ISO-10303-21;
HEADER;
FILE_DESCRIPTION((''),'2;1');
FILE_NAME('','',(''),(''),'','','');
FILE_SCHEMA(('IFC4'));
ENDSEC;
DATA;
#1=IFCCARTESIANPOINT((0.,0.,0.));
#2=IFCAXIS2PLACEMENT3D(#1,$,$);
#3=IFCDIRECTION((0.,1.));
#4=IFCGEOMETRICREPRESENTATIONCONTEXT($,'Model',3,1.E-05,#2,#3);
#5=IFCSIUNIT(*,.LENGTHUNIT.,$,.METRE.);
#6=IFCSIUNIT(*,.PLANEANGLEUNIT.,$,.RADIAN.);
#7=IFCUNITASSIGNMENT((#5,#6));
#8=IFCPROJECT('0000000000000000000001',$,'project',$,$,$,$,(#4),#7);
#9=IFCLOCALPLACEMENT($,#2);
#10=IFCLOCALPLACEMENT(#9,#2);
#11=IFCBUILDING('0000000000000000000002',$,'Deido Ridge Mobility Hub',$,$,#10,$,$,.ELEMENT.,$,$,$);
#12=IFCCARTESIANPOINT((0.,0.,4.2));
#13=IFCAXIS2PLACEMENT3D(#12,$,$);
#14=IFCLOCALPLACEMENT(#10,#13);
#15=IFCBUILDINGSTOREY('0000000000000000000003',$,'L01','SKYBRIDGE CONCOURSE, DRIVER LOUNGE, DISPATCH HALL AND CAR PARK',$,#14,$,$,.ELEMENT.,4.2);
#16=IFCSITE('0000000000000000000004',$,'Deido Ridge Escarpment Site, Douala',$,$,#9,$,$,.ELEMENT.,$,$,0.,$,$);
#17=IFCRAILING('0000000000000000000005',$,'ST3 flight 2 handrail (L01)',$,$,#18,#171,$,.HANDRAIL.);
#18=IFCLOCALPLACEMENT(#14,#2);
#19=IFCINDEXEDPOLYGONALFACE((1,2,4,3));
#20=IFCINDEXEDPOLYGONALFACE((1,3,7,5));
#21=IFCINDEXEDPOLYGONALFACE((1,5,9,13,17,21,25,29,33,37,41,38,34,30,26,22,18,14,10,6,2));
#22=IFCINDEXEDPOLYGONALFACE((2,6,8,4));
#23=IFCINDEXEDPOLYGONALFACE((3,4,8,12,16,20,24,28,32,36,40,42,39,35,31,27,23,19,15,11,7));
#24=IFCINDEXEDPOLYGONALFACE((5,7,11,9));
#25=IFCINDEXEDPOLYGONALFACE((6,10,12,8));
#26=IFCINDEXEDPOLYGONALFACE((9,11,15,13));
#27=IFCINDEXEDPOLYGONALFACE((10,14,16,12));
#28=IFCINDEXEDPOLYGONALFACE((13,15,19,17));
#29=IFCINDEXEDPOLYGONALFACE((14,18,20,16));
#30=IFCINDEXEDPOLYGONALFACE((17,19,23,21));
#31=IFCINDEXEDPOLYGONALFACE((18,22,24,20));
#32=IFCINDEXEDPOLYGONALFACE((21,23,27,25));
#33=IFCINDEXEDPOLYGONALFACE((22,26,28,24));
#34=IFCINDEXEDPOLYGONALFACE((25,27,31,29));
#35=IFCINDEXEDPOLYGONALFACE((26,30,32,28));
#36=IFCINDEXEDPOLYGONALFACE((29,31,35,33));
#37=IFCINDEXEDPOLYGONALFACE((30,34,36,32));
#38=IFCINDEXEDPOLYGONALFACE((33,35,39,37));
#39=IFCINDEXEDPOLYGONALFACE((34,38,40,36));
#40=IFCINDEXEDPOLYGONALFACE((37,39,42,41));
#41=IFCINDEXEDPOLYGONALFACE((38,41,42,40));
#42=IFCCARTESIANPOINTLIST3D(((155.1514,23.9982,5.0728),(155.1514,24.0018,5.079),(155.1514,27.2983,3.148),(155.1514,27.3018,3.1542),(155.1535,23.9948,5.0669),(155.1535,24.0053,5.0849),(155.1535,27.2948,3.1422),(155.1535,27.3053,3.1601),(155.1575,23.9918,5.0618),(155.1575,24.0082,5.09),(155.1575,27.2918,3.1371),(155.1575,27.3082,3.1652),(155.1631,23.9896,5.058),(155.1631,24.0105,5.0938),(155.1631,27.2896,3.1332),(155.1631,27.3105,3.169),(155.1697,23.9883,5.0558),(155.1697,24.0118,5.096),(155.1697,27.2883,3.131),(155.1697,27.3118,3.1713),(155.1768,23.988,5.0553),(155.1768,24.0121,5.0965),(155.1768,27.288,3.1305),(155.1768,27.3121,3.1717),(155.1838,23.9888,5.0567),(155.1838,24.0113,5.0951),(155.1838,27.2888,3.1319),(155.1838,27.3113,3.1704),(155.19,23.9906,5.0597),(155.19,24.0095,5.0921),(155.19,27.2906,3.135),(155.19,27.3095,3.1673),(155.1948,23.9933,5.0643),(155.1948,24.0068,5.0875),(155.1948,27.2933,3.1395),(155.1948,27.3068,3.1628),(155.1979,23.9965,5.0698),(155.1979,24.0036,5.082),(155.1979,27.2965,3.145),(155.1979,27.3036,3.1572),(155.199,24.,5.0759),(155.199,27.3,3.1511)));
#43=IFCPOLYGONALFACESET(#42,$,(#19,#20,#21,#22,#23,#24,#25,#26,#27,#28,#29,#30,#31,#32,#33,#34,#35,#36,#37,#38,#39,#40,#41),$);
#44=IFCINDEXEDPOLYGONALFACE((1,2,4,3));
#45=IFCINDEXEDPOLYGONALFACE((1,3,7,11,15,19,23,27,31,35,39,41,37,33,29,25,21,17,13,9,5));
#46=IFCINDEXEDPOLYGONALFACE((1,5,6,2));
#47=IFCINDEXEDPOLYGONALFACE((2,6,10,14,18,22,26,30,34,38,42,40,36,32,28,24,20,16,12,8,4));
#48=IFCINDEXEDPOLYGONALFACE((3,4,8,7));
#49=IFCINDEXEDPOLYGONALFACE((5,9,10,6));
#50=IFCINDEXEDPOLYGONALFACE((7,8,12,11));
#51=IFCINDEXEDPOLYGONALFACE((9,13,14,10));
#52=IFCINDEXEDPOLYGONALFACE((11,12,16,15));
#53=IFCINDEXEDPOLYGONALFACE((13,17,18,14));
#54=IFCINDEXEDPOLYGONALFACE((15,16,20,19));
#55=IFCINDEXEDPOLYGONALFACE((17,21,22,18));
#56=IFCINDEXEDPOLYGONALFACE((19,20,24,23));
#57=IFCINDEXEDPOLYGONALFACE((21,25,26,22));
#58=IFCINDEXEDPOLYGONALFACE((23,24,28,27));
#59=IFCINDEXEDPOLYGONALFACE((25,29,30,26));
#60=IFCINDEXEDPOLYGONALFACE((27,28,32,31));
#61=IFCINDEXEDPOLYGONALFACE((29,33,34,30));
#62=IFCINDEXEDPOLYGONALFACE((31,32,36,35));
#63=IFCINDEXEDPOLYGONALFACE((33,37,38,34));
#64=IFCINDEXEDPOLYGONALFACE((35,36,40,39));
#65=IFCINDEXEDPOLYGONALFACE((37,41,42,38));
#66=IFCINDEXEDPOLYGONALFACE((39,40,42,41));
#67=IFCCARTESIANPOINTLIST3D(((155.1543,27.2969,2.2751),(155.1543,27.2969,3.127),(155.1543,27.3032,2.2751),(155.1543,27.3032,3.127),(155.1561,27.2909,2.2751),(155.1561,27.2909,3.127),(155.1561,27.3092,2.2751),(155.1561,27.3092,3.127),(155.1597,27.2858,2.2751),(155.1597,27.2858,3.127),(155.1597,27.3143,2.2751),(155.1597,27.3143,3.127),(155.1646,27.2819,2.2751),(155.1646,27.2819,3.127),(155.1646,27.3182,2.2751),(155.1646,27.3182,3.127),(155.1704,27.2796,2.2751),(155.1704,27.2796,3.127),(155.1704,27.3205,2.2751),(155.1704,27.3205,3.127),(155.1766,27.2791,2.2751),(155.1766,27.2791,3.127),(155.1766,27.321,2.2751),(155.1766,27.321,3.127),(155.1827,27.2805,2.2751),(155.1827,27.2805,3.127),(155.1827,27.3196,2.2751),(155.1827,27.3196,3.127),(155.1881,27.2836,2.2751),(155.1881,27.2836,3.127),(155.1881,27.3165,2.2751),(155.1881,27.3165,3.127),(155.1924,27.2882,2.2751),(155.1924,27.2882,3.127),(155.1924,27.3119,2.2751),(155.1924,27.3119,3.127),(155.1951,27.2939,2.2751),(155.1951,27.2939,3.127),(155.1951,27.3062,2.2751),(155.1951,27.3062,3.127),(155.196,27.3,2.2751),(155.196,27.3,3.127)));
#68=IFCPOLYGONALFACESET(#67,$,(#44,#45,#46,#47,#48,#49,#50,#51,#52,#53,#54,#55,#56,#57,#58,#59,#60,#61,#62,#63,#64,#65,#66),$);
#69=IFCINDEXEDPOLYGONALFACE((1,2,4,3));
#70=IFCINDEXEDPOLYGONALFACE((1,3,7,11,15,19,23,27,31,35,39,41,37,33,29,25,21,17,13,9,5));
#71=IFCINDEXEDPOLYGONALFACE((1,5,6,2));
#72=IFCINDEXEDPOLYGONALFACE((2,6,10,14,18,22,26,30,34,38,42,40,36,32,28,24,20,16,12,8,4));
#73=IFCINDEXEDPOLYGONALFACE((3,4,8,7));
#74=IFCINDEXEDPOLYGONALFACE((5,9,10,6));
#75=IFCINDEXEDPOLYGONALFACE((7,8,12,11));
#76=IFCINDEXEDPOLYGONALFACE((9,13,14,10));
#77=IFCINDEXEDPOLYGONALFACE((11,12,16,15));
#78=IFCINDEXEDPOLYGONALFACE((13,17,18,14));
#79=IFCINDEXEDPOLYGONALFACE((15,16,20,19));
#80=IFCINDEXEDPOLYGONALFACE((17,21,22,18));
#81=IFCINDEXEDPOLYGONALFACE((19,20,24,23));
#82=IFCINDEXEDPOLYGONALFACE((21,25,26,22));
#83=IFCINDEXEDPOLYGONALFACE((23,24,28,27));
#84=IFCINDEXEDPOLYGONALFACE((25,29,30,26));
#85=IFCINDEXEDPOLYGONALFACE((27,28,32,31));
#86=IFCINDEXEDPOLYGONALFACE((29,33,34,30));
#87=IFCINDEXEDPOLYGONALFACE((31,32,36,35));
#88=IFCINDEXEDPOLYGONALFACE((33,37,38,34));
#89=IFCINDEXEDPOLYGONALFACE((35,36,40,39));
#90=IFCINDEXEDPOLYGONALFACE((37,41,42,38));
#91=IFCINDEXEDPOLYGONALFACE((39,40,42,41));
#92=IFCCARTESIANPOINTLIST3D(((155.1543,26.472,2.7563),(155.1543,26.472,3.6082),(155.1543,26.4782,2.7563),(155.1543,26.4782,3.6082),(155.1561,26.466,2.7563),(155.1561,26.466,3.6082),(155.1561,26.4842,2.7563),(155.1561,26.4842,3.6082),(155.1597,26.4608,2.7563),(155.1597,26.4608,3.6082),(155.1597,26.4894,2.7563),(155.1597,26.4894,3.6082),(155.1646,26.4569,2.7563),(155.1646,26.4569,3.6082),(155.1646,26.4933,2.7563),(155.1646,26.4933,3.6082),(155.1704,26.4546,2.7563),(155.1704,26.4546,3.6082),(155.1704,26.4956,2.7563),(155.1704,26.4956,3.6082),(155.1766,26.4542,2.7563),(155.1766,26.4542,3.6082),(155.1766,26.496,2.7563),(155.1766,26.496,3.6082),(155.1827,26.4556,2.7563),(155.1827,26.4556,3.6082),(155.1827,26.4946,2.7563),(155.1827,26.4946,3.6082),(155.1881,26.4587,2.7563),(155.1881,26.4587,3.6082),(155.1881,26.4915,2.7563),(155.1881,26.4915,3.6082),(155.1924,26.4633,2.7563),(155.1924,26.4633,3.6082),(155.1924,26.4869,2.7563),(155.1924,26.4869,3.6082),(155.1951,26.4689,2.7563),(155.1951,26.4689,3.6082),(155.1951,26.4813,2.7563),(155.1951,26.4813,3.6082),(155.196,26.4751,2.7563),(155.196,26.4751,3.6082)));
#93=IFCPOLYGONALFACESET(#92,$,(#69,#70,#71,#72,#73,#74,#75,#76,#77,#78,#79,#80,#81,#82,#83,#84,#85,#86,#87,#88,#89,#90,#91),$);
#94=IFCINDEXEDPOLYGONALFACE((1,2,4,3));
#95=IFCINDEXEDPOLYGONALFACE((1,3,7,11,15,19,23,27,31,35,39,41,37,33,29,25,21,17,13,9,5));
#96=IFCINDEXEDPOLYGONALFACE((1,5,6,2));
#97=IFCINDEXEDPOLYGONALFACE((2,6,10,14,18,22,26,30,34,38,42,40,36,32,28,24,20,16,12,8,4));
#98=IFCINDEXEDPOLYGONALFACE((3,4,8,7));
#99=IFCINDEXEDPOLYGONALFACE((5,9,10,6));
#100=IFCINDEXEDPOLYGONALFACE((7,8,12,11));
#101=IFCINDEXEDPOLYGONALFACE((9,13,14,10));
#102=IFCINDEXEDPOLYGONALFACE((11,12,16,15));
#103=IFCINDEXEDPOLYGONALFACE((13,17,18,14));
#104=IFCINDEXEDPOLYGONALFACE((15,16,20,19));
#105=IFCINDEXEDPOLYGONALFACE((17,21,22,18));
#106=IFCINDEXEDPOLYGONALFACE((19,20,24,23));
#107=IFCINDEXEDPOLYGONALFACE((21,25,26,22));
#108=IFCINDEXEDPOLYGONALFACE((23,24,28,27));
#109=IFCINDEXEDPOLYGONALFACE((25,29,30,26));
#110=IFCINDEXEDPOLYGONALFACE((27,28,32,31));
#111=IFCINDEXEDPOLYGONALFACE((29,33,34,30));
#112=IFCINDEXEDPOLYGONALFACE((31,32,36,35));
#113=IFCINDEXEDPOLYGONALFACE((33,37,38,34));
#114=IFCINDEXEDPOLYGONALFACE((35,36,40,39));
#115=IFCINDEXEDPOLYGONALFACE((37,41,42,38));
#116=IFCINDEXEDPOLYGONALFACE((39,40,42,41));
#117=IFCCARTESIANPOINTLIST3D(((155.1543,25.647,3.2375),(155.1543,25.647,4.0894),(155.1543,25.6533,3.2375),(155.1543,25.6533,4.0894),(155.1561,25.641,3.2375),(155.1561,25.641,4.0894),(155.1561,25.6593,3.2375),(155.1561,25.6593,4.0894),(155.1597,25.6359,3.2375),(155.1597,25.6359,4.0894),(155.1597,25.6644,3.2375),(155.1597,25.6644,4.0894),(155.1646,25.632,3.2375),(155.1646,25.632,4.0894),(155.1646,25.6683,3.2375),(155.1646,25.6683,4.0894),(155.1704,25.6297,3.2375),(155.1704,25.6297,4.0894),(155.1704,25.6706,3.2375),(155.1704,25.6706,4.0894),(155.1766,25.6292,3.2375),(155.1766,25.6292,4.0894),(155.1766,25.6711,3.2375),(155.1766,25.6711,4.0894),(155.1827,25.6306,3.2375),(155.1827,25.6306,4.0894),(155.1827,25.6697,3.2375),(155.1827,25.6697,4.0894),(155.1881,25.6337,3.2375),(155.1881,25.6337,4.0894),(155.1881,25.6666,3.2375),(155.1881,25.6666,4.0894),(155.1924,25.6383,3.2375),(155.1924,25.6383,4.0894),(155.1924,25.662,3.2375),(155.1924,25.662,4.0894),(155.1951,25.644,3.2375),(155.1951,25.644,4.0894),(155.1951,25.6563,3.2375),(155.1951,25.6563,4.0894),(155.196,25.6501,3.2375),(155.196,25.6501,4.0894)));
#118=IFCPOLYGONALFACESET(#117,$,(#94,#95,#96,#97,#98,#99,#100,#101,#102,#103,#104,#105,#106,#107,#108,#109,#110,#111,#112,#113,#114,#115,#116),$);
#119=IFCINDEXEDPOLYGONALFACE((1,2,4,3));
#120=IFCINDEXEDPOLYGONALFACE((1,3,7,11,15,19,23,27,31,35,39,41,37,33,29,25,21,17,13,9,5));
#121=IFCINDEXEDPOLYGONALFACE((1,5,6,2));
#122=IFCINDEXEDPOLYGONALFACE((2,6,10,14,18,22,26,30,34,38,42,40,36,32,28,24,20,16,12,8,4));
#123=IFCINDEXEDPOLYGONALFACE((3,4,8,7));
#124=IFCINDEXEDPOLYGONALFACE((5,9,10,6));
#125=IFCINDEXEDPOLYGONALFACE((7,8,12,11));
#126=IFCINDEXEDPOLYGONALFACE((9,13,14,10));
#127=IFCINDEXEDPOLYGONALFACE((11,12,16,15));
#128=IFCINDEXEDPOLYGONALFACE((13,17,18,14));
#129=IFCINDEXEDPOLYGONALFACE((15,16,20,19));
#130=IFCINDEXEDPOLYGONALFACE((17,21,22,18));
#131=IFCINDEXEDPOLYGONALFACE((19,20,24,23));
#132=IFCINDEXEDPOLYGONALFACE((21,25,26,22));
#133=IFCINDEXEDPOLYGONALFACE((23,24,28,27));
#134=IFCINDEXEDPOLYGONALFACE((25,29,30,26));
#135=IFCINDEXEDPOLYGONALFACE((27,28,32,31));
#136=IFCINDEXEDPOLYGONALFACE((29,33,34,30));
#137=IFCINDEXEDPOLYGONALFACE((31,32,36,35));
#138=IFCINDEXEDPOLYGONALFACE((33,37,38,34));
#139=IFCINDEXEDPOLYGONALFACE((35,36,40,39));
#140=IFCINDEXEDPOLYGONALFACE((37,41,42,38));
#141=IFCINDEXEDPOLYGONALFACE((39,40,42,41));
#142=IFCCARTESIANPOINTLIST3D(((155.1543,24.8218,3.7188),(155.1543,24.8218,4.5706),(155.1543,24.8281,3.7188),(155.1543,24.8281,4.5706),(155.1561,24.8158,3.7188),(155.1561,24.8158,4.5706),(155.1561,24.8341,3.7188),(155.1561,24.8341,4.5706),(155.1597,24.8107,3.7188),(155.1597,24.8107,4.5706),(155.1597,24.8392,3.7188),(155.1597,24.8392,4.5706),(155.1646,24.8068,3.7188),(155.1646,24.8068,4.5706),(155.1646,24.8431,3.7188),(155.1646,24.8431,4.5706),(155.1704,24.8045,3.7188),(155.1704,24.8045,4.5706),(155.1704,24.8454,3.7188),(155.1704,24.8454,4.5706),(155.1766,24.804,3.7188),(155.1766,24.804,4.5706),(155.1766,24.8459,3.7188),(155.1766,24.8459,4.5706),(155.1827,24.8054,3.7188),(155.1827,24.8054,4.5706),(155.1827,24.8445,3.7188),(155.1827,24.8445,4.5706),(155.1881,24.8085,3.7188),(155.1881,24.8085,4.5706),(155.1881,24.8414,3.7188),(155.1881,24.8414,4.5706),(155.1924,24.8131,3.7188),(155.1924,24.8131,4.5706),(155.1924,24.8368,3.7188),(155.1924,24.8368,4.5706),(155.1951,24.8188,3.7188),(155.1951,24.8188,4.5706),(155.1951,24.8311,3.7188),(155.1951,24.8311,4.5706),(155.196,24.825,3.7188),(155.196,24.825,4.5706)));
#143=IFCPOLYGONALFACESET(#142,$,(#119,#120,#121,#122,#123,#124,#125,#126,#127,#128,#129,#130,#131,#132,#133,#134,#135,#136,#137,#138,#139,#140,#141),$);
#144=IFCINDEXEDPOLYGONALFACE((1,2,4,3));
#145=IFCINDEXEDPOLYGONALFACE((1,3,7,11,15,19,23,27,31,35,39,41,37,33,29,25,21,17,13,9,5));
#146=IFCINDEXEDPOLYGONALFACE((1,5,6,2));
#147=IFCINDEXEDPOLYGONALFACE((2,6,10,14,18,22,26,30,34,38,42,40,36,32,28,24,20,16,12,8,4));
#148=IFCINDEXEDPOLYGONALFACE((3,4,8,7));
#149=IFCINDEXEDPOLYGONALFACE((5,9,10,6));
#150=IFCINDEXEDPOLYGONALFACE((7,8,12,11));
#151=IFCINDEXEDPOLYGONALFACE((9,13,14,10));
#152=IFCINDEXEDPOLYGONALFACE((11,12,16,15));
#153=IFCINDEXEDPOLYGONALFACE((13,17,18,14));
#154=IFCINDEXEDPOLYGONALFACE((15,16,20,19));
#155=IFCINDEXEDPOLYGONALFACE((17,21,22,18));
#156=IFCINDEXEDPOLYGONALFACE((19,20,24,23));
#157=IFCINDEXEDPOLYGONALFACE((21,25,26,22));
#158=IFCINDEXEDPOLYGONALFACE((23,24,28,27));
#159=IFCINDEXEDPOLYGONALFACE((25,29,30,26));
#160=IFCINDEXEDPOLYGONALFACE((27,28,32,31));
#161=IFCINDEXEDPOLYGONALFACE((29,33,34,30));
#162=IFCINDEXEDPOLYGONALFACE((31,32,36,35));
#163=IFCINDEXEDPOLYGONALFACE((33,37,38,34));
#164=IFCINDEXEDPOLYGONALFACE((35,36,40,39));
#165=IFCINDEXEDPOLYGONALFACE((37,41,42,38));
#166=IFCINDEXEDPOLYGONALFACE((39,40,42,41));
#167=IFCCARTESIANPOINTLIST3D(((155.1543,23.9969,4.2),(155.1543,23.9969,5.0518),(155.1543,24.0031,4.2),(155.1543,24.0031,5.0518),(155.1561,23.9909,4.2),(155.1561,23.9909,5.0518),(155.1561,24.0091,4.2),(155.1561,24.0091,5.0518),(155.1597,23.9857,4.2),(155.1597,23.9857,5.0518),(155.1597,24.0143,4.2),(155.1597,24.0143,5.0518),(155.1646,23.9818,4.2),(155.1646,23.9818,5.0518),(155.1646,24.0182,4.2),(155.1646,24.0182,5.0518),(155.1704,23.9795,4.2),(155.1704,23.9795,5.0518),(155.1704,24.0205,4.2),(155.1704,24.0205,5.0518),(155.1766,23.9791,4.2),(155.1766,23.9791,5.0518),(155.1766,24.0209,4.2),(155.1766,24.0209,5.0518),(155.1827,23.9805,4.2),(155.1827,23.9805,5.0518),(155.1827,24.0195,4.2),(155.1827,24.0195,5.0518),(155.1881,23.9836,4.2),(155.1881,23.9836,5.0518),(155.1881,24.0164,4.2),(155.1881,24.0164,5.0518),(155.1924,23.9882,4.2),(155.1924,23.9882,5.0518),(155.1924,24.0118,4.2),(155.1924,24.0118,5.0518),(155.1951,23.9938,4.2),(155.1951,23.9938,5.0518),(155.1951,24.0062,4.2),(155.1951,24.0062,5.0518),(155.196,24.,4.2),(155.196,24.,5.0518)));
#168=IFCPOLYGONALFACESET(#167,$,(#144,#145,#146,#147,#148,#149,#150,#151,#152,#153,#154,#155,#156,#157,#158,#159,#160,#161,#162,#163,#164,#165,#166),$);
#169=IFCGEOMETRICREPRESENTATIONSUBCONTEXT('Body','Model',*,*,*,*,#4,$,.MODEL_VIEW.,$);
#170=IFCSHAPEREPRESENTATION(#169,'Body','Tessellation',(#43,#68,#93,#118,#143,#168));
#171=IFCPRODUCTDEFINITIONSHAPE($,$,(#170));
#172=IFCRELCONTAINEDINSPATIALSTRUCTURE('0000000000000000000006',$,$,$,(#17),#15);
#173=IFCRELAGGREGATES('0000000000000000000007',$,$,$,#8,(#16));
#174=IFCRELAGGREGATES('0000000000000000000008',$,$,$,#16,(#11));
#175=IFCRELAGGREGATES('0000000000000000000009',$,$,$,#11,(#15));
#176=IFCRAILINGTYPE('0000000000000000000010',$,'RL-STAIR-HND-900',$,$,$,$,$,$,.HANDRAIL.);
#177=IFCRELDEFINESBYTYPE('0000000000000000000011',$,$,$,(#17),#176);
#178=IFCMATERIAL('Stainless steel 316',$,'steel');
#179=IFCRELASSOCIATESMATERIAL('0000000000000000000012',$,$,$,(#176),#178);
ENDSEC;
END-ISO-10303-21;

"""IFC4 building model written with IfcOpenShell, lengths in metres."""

from ifc_helpers import new_model, si_unit, direction, frame, origin, origin_2d, place, context, subcontext, project, spatial, circle, extrude, material, type_object, element, save


model = new_model("IFC4")

# Units and contexts
model_context = context("Model", 3, precision=1e-05, world=origin(), true_north=direction((0.0, 1.0)))
body_context = subcontext(model_context, "Body", "Model", "MODEL_VIEW")
ifc_project = project(units=[si_unit("LENGTHUNIT", "METRE"), si_unit("PLANEANGLEUNIT", "RADIAN")], contexts=[model_context])

# Site, building, storey
site_placement = place(None, origin())
site = spatial("IfcSite", under=ifc_project, at=site_placement, Name="Deido Ridge Escarpment Site, Douala", CompositionType="ELEMENT", RefElevation=0.0)
building_placement = place(site_placement, origin())
building = spatial("IfcBuilding", under=site, at=building_placement, Name="Deido Ridge Mobility Hub", CompositionType="ELEMENT")
storey_placement = place(building_placement, frame((0.0, 0.0, 4.2)))
storey = spatial("IfcBuildingStorey", under=building, at=storey_placement, Name="L01", Description="SKYBRIDGE CONCOURSE, DRIVER LOUNGE, DISPATCH HALL AND CAR PARK", CompositionType="ELEMENT", Elevation=4.2)

# Railing
ifc_material_1 = material(Name="Stainless steel 316", Category="steel")
railing_type = type_object("IfcRailingType", Name="RL-STAIR-HND-900", PredefinedType="HANDRAIL", material=ifc_material_1)
railing_placement = place(storey_placement, frame((155.175, 27.3, 2.2751)))
element("IfcRailing", 1, at=railing_placement, inside=storey, type_object=railing_type, Name="ST3 flight 2 handrail (L01)", PredefinedType="HANDRAIL", context=body_context, shape_type="SweptSolid", body=[
    extrude(circle(Radius=0.0239, at=origin_2d()), frame((0.0, 0.0, 0.876), z_axis=(0.0, -0.863804, 0.503827), x_axis=(1.0, 0.0, 0.0)), (0.0, 0.0, 1.0), 3.8203),
    extrude(circle(Radius=0.021, at=origin_2d()), origin(), (0.0, 0.0, 1.0), 0.8518),
    extrude(circle(Radius=0.021, at=origin_2d()), frame((0.0, -0.825, 0.4812)), (0.0, 0.0, 1.0), 0.8518),
    extrude(circle(Radius=0.021, at=origin_2d()), frame((0.0, -1.6499, 0.9624)), (0.0, 0.0, 1.0), 0.8518),
    extrude(circle(Radius=0.021, at=origin_2d()), frame((0.0, -2.4751, 1.4436)), (0.0, 0.0, 1.0), 0.8518),
    extrude(circle(Radius=0.021, at=origin_2d()), frame((0.0, -3.3, 1.9248)), (0.0, 0.0, 1.0), 0.8518),
])

save(model, "model.ifc")
